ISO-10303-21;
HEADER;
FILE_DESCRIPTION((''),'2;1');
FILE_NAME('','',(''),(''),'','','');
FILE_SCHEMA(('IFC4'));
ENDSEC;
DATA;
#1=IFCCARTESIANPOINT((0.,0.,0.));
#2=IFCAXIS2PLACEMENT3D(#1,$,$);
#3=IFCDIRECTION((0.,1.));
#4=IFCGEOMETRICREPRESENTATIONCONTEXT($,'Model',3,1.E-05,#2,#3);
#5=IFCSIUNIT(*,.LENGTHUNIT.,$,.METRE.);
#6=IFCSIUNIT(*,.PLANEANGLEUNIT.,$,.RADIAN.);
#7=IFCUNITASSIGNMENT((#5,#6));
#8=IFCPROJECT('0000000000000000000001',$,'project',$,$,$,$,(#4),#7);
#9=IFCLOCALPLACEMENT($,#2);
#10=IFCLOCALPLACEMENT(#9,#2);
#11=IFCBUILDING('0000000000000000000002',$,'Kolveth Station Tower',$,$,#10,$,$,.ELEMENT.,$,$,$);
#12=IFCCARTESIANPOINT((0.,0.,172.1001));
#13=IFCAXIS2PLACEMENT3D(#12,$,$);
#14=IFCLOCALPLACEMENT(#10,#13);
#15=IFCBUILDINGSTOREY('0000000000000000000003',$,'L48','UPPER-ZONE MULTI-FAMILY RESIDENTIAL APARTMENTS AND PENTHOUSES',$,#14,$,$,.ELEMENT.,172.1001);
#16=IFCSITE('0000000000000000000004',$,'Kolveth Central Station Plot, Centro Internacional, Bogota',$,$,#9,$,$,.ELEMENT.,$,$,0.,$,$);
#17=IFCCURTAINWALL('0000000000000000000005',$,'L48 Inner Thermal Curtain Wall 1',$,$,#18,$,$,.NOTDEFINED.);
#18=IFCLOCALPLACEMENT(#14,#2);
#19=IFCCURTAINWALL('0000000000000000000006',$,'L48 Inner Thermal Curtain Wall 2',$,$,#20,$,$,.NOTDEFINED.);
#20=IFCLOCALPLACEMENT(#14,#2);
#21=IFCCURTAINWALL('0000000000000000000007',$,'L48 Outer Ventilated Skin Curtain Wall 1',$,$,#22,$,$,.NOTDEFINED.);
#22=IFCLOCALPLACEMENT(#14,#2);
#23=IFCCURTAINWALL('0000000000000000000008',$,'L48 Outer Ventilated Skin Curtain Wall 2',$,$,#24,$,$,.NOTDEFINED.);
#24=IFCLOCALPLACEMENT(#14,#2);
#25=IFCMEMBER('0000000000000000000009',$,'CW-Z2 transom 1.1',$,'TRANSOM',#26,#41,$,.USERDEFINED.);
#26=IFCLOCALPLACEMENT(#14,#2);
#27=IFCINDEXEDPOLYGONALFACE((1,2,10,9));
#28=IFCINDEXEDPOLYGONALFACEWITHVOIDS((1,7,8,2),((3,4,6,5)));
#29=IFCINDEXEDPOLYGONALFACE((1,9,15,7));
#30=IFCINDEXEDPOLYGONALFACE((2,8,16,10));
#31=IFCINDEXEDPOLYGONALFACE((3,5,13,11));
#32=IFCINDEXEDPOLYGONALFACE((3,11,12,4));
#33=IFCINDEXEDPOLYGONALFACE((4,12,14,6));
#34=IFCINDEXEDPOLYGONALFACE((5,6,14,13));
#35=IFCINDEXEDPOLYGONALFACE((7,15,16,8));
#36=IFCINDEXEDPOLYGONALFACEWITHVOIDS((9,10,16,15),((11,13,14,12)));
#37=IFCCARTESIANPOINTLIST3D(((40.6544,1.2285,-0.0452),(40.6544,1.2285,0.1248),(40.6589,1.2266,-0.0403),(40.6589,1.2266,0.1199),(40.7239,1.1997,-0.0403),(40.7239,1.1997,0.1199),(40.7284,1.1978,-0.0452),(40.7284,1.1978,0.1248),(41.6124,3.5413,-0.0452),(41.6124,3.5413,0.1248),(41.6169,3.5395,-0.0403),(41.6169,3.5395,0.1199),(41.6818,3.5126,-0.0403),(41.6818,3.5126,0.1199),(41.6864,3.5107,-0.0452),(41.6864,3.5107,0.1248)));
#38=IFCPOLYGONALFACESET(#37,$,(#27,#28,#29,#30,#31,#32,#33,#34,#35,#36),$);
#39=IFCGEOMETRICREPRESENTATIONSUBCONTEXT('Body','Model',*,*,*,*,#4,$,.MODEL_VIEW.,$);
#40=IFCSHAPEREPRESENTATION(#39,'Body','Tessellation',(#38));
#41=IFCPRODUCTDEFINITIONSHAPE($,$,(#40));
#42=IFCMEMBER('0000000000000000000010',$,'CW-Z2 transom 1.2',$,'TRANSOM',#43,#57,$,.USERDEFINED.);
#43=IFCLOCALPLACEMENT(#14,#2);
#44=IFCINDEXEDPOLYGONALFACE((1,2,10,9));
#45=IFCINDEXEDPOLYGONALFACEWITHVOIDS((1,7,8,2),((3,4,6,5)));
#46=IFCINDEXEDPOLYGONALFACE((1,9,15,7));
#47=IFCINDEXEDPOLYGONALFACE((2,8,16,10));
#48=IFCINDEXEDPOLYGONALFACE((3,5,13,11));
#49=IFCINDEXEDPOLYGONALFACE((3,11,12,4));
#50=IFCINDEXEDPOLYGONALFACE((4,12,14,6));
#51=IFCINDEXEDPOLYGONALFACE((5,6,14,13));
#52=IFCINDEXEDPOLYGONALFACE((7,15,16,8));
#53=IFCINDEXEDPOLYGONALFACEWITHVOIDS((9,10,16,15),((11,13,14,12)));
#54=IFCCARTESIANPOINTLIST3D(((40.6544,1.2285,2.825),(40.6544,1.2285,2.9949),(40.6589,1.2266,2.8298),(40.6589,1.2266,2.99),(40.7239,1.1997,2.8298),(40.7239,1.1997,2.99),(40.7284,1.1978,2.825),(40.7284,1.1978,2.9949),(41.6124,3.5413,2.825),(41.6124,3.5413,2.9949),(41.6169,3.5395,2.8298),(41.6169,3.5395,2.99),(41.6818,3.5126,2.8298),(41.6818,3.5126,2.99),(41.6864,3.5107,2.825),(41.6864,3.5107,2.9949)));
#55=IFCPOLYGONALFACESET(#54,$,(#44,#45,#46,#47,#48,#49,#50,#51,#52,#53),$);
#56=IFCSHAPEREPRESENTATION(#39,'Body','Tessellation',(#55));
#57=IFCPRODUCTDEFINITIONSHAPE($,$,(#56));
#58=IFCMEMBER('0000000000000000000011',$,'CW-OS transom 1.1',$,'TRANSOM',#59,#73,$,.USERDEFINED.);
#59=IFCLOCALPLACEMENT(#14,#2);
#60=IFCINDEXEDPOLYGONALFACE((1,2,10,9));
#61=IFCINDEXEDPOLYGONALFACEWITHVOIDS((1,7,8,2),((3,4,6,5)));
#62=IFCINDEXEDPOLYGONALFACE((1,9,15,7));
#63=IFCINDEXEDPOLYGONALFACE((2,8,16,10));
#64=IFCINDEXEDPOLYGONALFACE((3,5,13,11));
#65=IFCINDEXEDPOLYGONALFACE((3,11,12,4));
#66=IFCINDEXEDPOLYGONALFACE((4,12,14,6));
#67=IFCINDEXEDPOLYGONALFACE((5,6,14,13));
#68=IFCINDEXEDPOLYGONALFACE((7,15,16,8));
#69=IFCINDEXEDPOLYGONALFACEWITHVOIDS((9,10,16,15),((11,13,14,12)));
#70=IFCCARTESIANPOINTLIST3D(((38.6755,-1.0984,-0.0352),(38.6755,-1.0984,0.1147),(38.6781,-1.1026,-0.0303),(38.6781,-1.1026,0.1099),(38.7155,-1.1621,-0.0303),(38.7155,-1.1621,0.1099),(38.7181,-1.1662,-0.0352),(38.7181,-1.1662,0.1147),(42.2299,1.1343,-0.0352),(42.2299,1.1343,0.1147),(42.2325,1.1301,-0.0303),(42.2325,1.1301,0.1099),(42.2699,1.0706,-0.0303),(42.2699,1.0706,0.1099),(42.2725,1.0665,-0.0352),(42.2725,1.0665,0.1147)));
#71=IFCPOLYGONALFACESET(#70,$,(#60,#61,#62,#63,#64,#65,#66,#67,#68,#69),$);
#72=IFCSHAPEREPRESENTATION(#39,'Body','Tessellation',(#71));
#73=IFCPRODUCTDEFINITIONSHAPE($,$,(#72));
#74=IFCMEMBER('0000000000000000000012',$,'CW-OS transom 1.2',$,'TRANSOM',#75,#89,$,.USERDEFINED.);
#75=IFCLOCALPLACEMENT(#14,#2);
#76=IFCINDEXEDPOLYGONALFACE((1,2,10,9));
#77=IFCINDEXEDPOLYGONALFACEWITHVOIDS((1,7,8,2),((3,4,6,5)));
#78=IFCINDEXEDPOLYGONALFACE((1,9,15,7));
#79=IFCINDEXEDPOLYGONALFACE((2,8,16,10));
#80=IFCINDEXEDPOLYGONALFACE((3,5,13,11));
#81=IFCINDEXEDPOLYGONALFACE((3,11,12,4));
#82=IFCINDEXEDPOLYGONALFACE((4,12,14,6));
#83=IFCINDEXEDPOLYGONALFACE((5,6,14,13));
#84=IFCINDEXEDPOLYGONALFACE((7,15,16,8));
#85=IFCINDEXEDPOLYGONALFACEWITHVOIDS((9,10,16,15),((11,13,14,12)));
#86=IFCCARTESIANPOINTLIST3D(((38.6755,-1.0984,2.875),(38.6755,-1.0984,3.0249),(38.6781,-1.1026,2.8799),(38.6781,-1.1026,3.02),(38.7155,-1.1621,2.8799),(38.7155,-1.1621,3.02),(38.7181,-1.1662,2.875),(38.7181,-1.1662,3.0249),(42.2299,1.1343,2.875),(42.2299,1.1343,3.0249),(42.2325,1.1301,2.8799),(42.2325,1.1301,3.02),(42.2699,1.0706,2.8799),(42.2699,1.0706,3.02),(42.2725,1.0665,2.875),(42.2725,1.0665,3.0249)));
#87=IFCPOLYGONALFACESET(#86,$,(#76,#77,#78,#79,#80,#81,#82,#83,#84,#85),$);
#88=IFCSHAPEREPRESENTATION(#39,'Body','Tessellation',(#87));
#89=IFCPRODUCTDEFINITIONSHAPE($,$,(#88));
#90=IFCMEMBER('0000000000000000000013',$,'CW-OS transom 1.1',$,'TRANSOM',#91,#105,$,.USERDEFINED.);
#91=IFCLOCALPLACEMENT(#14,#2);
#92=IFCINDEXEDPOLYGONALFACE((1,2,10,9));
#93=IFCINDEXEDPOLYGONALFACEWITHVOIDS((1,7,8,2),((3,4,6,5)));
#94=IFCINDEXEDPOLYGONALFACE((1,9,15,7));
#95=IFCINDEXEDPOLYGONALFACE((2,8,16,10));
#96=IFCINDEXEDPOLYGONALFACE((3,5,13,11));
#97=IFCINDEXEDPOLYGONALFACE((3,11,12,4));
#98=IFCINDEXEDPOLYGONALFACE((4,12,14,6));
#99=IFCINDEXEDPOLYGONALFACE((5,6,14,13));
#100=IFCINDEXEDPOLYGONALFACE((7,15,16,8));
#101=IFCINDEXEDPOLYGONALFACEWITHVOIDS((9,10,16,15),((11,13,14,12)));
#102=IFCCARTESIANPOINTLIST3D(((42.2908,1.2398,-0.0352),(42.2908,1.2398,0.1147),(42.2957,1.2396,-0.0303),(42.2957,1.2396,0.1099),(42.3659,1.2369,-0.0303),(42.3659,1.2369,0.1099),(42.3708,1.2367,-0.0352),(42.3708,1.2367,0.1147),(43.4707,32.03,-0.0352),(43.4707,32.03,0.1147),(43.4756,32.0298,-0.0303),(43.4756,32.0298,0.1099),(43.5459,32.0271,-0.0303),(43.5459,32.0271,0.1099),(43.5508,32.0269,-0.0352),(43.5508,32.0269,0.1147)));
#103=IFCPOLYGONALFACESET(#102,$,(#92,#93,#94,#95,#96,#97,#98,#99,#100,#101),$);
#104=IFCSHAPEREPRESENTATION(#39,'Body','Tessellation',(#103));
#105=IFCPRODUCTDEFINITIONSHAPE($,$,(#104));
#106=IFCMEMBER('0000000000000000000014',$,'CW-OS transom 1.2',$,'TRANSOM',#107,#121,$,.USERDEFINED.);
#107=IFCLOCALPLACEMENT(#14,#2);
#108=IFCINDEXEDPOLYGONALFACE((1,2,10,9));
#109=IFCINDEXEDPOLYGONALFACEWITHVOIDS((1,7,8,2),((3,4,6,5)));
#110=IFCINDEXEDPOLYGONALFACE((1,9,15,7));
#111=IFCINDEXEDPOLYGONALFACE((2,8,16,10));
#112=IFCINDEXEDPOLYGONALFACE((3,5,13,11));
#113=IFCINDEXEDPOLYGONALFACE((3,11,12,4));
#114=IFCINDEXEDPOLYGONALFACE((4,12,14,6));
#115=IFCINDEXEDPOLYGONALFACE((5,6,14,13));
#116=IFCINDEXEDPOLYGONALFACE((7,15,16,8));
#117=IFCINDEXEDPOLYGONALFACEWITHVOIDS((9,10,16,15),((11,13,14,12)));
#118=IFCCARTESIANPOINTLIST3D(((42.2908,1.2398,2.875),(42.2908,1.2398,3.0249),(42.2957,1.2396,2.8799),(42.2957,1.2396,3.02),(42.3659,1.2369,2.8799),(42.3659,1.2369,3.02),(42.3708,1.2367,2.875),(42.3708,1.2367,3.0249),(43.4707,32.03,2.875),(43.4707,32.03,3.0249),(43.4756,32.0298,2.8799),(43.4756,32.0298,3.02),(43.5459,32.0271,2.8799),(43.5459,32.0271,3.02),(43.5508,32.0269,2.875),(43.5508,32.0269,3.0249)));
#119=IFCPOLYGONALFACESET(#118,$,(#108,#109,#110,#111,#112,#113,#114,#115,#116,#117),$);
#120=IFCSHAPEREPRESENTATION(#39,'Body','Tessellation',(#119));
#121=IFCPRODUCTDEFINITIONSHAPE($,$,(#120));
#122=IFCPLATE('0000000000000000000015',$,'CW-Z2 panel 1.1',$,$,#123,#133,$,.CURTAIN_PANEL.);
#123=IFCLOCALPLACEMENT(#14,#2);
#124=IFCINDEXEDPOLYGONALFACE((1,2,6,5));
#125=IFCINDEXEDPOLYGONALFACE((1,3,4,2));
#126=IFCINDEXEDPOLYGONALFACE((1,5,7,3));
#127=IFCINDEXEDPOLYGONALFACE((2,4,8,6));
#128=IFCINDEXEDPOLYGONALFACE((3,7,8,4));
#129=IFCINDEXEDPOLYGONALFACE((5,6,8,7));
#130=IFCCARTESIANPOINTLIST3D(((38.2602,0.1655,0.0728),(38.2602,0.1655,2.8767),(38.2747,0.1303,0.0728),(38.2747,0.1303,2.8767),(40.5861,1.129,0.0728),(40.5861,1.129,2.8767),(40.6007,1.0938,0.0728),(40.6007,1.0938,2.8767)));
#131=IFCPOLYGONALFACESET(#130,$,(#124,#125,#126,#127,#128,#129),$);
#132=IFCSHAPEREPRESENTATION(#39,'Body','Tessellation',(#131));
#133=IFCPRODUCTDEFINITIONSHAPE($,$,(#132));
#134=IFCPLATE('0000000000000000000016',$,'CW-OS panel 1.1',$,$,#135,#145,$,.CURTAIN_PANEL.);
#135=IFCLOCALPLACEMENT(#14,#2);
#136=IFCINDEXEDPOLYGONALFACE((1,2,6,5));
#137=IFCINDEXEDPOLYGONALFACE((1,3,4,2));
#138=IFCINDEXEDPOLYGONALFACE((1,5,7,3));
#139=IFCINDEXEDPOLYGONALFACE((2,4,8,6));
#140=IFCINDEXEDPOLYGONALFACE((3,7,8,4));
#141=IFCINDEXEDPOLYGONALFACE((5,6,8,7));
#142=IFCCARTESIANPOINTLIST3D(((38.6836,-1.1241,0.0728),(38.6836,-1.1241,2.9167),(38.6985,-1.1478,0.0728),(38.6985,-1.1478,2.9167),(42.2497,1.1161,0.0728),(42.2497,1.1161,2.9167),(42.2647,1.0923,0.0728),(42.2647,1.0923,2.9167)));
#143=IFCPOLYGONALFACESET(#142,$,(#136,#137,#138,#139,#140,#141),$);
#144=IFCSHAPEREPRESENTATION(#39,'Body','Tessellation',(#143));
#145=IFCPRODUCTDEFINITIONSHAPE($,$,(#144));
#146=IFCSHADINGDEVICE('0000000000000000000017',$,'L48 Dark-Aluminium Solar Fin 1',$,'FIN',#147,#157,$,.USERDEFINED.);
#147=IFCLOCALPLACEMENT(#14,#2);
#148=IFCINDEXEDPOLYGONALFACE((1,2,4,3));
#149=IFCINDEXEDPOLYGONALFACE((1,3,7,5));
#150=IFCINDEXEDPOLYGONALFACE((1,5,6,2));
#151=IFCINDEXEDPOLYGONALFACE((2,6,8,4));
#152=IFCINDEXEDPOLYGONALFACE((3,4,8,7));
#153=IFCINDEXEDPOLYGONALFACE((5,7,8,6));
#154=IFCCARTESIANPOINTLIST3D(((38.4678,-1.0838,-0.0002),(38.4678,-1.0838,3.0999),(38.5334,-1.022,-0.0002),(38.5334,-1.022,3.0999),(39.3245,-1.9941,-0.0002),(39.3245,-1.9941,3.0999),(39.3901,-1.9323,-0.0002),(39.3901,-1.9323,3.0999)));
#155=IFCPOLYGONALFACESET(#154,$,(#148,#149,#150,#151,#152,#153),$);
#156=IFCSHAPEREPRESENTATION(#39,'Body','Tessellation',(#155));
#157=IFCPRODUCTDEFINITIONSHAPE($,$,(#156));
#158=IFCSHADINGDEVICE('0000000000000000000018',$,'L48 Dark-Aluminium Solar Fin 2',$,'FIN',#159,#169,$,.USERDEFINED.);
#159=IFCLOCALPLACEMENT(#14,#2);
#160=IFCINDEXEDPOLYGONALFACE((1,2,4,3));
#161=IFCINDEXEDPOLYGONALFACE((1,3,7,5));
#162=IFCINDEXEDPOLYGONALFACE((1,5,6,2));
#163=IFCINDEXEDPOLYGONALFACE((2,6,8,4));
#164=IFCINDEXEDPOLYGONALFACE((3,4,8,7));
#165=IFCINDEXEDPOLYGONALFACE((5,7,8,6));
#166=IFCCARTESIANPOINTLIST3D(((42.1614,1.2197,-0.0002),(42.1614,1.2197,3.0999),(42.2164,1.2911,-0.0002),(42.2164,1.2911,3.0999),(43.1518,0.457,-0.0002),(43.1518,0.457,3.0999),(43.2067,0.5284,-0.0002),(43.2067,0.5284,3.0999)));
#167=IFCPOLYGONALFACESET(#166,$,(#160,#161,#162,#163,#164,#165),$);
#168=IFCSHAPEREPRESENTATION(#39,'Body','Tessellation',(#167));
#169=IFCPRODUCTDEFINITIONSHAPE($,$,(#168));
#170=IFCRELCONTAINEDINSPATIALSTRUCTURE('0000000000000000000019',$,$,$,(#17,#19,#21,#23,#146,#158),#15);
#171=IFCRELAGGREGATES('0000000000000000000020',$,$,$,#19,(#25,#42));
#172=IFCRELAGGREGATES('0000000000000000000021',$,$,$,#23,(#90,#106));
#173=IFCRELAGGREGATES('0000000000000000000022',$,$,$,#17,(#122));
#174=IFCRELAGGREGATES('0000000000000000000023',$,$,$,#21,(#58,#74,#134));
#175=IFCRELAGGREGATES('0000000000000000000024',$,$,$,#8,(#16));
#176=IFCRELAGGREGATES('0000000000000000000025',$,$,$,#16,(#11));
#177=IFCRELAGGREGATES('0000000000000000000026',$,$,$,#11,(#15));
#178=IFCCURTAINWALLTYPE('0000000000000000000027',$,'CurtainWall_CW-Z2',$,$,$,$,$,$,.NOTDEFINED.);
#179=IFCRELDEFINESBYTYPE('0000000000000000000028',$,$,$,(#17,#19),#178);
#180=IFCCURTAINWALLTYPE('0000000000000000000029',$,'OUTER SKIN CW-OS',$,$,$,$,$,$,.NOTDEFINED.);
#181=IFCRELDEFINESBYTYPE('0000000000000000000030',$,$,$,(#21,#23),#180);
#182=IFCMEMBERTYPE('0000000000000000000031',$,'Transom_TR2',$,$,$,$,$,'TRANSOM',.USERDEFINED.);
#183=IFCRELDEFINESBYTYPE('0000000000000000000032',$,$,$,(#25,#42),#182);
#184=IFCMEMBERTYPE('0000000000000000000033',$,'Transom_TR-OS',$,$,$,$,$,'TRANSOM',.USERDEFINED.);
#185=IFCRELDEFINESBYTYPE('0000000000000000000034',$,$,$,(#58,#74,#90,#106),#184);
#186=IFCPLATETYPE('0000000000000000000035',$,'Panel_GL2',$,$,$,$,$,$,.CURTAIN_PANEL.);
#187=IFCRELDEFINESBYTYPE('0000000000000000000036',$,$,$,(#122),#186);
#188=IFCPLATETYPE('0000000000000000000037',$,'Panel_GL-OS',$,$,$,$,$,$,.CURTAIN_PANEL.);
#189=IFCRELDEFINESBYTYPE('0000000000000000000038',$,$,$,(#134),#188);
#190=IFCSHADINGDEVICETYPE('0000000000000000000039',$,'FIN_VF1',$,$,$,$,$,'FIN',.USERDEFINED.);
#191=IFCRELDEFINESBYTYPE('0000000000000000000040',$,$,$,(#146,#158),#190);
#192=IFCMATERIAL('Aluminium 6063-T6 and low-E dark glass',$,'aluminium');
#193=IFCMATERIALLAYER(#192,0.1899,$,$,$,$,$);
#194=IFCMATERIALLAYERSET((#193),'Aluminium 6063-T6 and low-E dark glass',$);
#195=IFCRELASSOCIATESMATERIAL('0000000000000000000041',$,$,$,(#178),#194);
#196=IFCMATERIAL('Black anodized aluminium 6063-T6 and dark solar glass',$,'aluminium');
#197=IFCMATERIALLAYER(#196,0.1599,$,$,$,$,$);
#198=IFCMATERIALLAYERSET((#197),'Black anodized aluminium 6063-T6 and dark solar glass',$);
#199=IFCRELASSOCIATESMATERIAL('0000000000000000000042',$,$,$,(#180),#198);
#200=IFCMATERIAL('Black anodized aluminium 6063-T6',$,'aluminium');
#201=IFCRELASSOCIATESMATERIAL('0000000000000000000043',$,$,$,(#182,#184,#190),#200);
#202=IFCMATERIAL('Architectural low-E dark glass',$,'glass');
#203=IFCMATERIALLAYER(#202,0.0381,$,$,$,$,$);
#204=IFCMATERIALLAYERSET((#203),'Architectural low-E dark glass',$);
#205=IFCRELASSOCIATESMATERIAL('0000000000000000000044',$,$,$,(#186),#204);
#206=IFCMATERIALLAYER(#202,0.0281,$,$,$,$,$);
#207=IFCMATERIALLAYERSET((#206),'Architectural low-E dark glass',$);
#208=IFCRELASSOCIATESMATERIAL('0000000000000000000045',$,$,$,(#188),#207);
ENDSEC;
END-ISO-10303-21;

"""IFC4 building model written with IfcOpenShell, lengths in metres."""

from ifc_helpers import new_model, si_unit, direction, frame, origin, origin_2d, place, context, subcontext, project, spatial, rectangle, hollow_rectangle, extrude, source, transform, mapped, material, layer, layer_set, material_profile, profile_set, type_object, element, aggregate, save


model = new_model("IFC4")

# Units and contexts
model_context = context("Model", 3, precision=1e-05, world=origin(), true_north=direction((0.0, 1.0)))
body_context = subcontext(model_context, "Body", "Model", "MODEL_VIEW")
ifc_project = project(units=[si_unit("LENGTHUNIT", "METRE"), si_unit("PLANEANGLEUNIT", "RADIAN")], contexts=[model_context])

# Site, building, storey
site_placement = place(None, origin())
site = spatial("IfcSite", under=ifc_project, at=site_placement, Name="Kolveth Central Station Plot, Centro Internacional, Bogota", CompositionType="ELEMENT", RefElevation=0.0)
building_placement = place(site_placement, origin())
building = spatial("IfcBuilding", under=site, at=building_placement, Name="Kolveth Station Tower", CompositionType="ELEMENT")
storey_placement = place(building_placement, frame((0.0, 0.0, 172.1001)))
storey = spatial("IfcBuildingStorey", under=building, at=storey_placement, Name="L48", Description="UPPER-ZONE MULTI-FAMILY RESIDENTIAL APARTMENTS AND PENTHOUSES", CompositionType="ELEMENT", Elevation=172.1001)

# Curtain wall
ifc_material_1 = material(Name="Aluminium 6063-T6 and low-E dark glass", Category="aluminium")
ifc_layer_1 = layer(ifc_material_1, 0.1899)
ifc_layer_set_1 = layer_set([ifc_layer_1], Name="Aluminium 6063-T6 and low-E dark glass")
curtain_wall_type_1 = type_object("IfcCurtainWallType", Name="CurtainWall_CW-Z2", PredefinedType="NOTDEFINED", material=ifc_layer_set_1)
curtain_wall_1_placement = place(storey_placement, origin())
curtain_wall_1 = element("IfcCurtainWall", 1, at=curtain_wall_1_placement, inside=storey, type_object=curtain_wall_type_1, Name="L48 Inner Thermal Curtain Wall 1", PredefinedType="NOTDEFINED")
ifc_material_2 = material(Name="Black anodized aluminium 6063-T6", Category="aluminium")

# Curtain wall
curtain_wall_2_placement = place(storey_placement, origin())
curtain_wall_2 = element("IfcCurtainWall", 2, at=curtain_wall_2_placement, inside=storey, type_object=curtain_wall_type_1, Name="L48 Inner Thermal Curtain Wall 2", PredefinedType="NOTDEFINED")

# Curtain wall
ifc_material_3 = material(Name="Black anodized aluminium 6063-T6 and dark solar glass", Category="aluminium")
ifc_layer_2 = layer(ifc_material_3, 0.1599)
ifc_layer_set_2 = layer_set([ifc_layer_2], Name="Black anodized aluminium 6063-T6 and dark solar glass")
curtain_wall_type_2 = type_object("IfcCurtainWallType", Name="OUTER SKIN CW-OS", PredefinedType="NOTDEFINED", material=ifc_layer_set_2)
curtain_wall_3_placement = place(storey_placement, origin())
curtain_wall_3 = element("IfcCurtainWall", 3, at=curtain_wall_3_placement, inside=storey, type_object=curtain_wall_type_2, Name="L48 Outer Ventilated Skin Curtain Wall 1", PredefinedType="NOTDEFINED")

# Curtain wall
curtain_wall_4_placement = place(storey_placement, origin())
curtain_wall_4 = element("IfcCurtainWall", 4, at=curtain_wall_4_placement, inside=storey, type_object=curtain_wall_type_2, Name="L48 Outer Ventilated Skin Curtain Wall 2", PredefinedType="NOTDEFINED")

# Members
ifc_material_profile_1 = material_profile(ifc_material_2, hollow_rectangle(XDim=0.0801, YDim=0.1699, WallThickness=0.0049, at=origin_2d()), Name="ALU-80x170x5")
ifc_profile_set_1 = profile_set([ifc_material_profile_1], Name="Black anodized aluminium 6063-T6")
member_type_1 = type_object("IfcMemberType", Name="Transom_TR2", ElementType="TRANSOM", PredefinedType="USERDEFINED", material=ifc_profile_set_1)
shared_shape_1 = source(origin(), body_context, "Body", "SweptSolid", [
    extrude(hollow_rectangle(XDim=0.0801, YDim=0.1699, WallThickness=0.0049, at=origin_2d()), origin(), (0.0, 0.0, 1.0), 2.5034),
])
member_1_placement = place(storey_placement, frame((40.6914, 1.2131, 0.0398), z_axis=(0.382662, 0.923888, 0.0), x_axis=(-0.923888, 0.382662, 0.0)))
member_1 = element("IfcMember", 5, at=member_1_placement, type_object=member_type_1, Name="CW-Z2 transom 1.1", ObjectType="TRANSOM", PredefinedType="USERDEFINED", context=body_context, shape_type="MappedRepresentation", body=[
    mapped(shared_shape_1, transform((0.0, 0.0, 0.0), x_axis=(1.0, 0.0, 0.0), y_axis=(0.0, 1.0, 0.0), z_axis=(0.0, 0.0, 1.0), scale=1.0)),
])
member_2_placement = place(storey_placement, frame((40.6914, 1.2131, 2.9099), z_axis=(0.382662, 0.923888, 0.0), x_axis=(-0.923888, 0.382662, 0.0)))
member_2 = element("IfcMember", 6, at=member_2_placement, type_object=member_type_1, Name="CW-Z2 transom 1.2", ObjectType="TRANSOM", PredefinedType="USERDEFINED", context=body_context, shape_type="MappedRepresentation", body=[
    mapped(shared_shape_1, transform((0.0, 0.0, 0.0), x_axis=(1.0, 0.0, 0.0), y_axis=(0.0, 1.0, 0.0), z_axis=(0.0, 0.0, 1.0), scale=1.0)),
])
aggregate(curtain_wall_2, [member_1, member_2])
ifc_material_profile_2 = material_profile(ifc_material_2, hollow_rectangle(XDim=0.0801, YDim=0.1499, WallThickness=0.0049, at=origin_2d()), Name="ALU-80x150x5")
ifc_profile_set_2 = profile_set([ifc_material_profile_2], Name="Black anodized aluminium 6063-T6")
member_type_2 = type_object("IfcMemberType", Name="Transom_TR-OS", ElementType="TRANSOM", PredefinedType="USERDEFINED", material=ifc_profile_set_2)
shared_shape_2 = source(origin(), body_context, "Body", "SweptSolid", [
    extrude(hollow_rectangle(XDim=0.0801, YDim=0.1499, WallThickness=0.0049, at=origin_2d()), origin(), (0.0, 0.0, 1.0), 4.1975),
])
member_3_placement = place(storey_placement, frame((38.6968, -1.1323, 0.0398), z_axis=(0.846803, 0.531906, 0.0), x_axis=(-0.531906, 0.846803, 0.0)))
member_3 = element("IfcMember", 7, at=member_3_placement, type_object=member_type_2, Name="CW-OS transom 1.1", ObjectType="TRANSOM", PredefinedType="USERDEFINED", context=body_context, shape_type="MappedRepresentation", body=[
    mapped(shared_shape_2, transform((0.0, 0.0, 0.0), x_axis=(1.0, 0.0, 0.0), y_axis=(0.0, 1.0, 0.0), z_axis=(0.0, 0.0, 1.0), scale=1.0)),
])
member_4_placement = place(storey_placement, frame((38.6968, -1.1323, 2.95), z_axis=(0.846803, 0.531906, 0.0), x_axis=(-0.531906, 0.846803, 0.0)))
member_4 = element("IfcMember", 8, at=member_4_placement, type_object=member_type_2, Name="CW-OS transom 1.2", ObjectType="TRANSOM", PredefinedType="USERDEFINED", context=body_context, shape_type="MappedRepresentation", body=[
    mapped(shared_shape_2, transform((0.0, 0.0, 0.0), x_axis=(1.0, 0.0, 0.0), y_axis=(0.0, 1.0, 0.0), z_axis=(0.0, 0.0, 1.0), scale=1.0)),
])
shared_shape_3 = source(origin(), body_context, "Body", "SweptSolid", [
    extrude(hollow_rectangle(XDim=0.0801, YDim=0.1499, WallThickness=0.0049, at=origin_2d()), origin(), (0.0, 0.0, 1.0), 30.8127),
])
member_5_placement = place(storey_placement, frame((42.3308, 1.2383, 0.0398), z_axis=(0.038294, 0.999267, 0.0), x_axis=(-0.999267, 0.038294, 0.0)))
member_5 = element("IfcMember", 9, at=member_5_placement, type_object=member_type_2, Name="CW-OS transom 1.1", ObjectType="TRANSOM", PredefinedType="USERDEFINED", context=body_context, shape_type="MappedRepresentation", body=[
    mapped(shared_shape_3, transform((0.0, 0.0, 0.0), x_axis=(1.0, 0.0, 0.0), y_axis=(0.0, 1.0, 0.0), z_axis=(0.0, 0.0, 1.0), scale=1.0)),
])
member_6_placement = place(storey_placement, frame((42.3308, 1.2383, 2.95), z_axis=(0.038294, 0.999267, 0.0), x_axis=(-0.999267, 0.038294, 0.0)))
member_6 = element("IfcMember", 10, at=member_6_placement, type_object=member_type_2, Name="CW-OS transom 1.2", ObjectType="TRANSOM", PredefinedType="USERDEFINED", context=body_context, shape_type="MappedRepresentation", body=[
    mapped(shared_shape_3, transform((0.0, 0.0, 0.0), x_axis=(1.0, 0.0, 0.0), y_axis=(0.0, 1.0, 0.0), z_axis=(0.0, 0.0, 1.0), scale=1.0)),
])
aggregate(curtain_wall_4, [member_5, member_6])

# Plates
ifc_material_4 = material(Name="Architectural low-E dark glass", Category="glass")
ifc_layer_3 = layer(ifc_material_4, 0.0381)
ifc_layer_set_3 = layer_set([ifc_layer_3], Name="Architectural low-E dark glass")
plate_type_1 = type_object("IfcPlateType", Name="Panel_GL2", PredefinedType="CURTAIN_PANEL", material=ifc_layer_set_3)
shared_shape_4 = source(origin(), body_context, "Body", "SweptSolid", [
    extrude(rectangle(XDim=2.5176, YDim=0.0381, at=origin_2d()), origin(), (0.0, 0.0, 1.0), 2.804),
])
plate_1_placement = place(storey_placement, frame((39.4304, 0.6296, 0.0728), z_axis=(0.0, 0.0, 1.0), x_axis=(0.923874, 0.382698, 0.0)))
plate_1 = element("IfcPlate", 11, at=plate_1_placement, type_object=plate_type_1, Name="CW-Z2 panel 1.1", PredefinedType="CURTAIN_PANEL", context=body_context, shape_type="MappedRepresentation", body=[
    mapped(shared_shape_4, transform((0.0, 0.0, 0.0), x_axis=(1.0, 0.0, 0.0), y_axis=(0.0, 1.0, 0.0), z_axis=(0.0, 0.0, 1.0), scale=1.0)),
])
aggregate(curtain_wall_1, [plate_1])
ifc_layer_4 = layer(ifc_material_4, 0.0281)
ifc_layer_set_4 = layer_set([ifc_layer_4], Name="Architectural low-E dark glass")
plate_type_2 = type_object("IfcPlateType", Name="Panel_GL-OS", PredefinedType="CURTAIN_PANEL", material=ifc_layer_set_4)
shared_shape_5 = source(origin(), body_context, "Body", "SweptSolid", [
    extrude(rectangle(XDim=4.2114, YDim=0.0281, at=origin_2d()), origin(), (0.0, 0.0, 1.0), 2.844),
])
plate_2_placement = place(storey_placement, frame((40.4741, -0.0159, 0.0728), z_axis=(0.0, 0.0, 1.0), x_axis=(0.84679, 0.531928, 0.0)))
plate_2 = element("IfcPlate", 12, at=plate_2_placement, type_object=plate_type_2, Name="CW-OS panel 1.1", PredefinedType="CURTAIN_PANEL", context=body_context, shape_type="MappedRepresentation", body=[
    mapped(shared_shape_5, transform((0.0, 0.0, 0.0), x_axis=(1.0, 0.0, 0.0), y_axis=(0.0, 1.0, 0.0), z_axis=(0.0, 0.0, 1.0), scale=1.0)),
])
aggregate(curtain_wall_3, [member_3, member_4, plate_2])

# Shading devices
shading_device_type = type_object("IfcShadingDeviceType", Name="FIN_VF1", ElementType="FIN", PredefinedType="USERDEFINED", material=ifc_material_2)
shared_shape_6 = source(origin(), body_context, "Body", "SweptSolid", [
    extrude(rectangle(XDim=1.25, YDim=0.0901, at=origin_2d()), origin(), (0.0, 0.0, 1.0), 3.1001),
])
for number, where, z_axis, x_axis, name in (
    (13, (38.929, -1.5081, -0.0002), (0.0, 0.0, 1.0), (0.68531, -0.728251, 0.0), "L48 Dark-Aluminium Solar Fin 1"),
    (14, (42.6841, 0.874, -0.0002), (0.0, 0.0, 1.0), (0.79229, -0.610145, 0.0), "L48 Dark-Aluminium Solar Fin 2"),
):
    element("IfcShadingDevice", number, at=place(storey_placement, frame(where, z_axis=z_axis, x_axis=x_axis)), inside=storey, type_object=shading_device_type, Name=name, ObjectType="FIN", PredefinedType="USERDEFINED", context=body_context, shape_type="MappedRepresentation", body=[
        mapped(shared_shape_6, transform((0.0, 0.0, 0.0), x_axis=(1.0, 0.0, 0.0), y_axis=(0.0, 1.0, 0.0), z_axis=(0.0, 0.0, 1.0), scale=1.0)),
    ])

save(model, "model.ifc")
